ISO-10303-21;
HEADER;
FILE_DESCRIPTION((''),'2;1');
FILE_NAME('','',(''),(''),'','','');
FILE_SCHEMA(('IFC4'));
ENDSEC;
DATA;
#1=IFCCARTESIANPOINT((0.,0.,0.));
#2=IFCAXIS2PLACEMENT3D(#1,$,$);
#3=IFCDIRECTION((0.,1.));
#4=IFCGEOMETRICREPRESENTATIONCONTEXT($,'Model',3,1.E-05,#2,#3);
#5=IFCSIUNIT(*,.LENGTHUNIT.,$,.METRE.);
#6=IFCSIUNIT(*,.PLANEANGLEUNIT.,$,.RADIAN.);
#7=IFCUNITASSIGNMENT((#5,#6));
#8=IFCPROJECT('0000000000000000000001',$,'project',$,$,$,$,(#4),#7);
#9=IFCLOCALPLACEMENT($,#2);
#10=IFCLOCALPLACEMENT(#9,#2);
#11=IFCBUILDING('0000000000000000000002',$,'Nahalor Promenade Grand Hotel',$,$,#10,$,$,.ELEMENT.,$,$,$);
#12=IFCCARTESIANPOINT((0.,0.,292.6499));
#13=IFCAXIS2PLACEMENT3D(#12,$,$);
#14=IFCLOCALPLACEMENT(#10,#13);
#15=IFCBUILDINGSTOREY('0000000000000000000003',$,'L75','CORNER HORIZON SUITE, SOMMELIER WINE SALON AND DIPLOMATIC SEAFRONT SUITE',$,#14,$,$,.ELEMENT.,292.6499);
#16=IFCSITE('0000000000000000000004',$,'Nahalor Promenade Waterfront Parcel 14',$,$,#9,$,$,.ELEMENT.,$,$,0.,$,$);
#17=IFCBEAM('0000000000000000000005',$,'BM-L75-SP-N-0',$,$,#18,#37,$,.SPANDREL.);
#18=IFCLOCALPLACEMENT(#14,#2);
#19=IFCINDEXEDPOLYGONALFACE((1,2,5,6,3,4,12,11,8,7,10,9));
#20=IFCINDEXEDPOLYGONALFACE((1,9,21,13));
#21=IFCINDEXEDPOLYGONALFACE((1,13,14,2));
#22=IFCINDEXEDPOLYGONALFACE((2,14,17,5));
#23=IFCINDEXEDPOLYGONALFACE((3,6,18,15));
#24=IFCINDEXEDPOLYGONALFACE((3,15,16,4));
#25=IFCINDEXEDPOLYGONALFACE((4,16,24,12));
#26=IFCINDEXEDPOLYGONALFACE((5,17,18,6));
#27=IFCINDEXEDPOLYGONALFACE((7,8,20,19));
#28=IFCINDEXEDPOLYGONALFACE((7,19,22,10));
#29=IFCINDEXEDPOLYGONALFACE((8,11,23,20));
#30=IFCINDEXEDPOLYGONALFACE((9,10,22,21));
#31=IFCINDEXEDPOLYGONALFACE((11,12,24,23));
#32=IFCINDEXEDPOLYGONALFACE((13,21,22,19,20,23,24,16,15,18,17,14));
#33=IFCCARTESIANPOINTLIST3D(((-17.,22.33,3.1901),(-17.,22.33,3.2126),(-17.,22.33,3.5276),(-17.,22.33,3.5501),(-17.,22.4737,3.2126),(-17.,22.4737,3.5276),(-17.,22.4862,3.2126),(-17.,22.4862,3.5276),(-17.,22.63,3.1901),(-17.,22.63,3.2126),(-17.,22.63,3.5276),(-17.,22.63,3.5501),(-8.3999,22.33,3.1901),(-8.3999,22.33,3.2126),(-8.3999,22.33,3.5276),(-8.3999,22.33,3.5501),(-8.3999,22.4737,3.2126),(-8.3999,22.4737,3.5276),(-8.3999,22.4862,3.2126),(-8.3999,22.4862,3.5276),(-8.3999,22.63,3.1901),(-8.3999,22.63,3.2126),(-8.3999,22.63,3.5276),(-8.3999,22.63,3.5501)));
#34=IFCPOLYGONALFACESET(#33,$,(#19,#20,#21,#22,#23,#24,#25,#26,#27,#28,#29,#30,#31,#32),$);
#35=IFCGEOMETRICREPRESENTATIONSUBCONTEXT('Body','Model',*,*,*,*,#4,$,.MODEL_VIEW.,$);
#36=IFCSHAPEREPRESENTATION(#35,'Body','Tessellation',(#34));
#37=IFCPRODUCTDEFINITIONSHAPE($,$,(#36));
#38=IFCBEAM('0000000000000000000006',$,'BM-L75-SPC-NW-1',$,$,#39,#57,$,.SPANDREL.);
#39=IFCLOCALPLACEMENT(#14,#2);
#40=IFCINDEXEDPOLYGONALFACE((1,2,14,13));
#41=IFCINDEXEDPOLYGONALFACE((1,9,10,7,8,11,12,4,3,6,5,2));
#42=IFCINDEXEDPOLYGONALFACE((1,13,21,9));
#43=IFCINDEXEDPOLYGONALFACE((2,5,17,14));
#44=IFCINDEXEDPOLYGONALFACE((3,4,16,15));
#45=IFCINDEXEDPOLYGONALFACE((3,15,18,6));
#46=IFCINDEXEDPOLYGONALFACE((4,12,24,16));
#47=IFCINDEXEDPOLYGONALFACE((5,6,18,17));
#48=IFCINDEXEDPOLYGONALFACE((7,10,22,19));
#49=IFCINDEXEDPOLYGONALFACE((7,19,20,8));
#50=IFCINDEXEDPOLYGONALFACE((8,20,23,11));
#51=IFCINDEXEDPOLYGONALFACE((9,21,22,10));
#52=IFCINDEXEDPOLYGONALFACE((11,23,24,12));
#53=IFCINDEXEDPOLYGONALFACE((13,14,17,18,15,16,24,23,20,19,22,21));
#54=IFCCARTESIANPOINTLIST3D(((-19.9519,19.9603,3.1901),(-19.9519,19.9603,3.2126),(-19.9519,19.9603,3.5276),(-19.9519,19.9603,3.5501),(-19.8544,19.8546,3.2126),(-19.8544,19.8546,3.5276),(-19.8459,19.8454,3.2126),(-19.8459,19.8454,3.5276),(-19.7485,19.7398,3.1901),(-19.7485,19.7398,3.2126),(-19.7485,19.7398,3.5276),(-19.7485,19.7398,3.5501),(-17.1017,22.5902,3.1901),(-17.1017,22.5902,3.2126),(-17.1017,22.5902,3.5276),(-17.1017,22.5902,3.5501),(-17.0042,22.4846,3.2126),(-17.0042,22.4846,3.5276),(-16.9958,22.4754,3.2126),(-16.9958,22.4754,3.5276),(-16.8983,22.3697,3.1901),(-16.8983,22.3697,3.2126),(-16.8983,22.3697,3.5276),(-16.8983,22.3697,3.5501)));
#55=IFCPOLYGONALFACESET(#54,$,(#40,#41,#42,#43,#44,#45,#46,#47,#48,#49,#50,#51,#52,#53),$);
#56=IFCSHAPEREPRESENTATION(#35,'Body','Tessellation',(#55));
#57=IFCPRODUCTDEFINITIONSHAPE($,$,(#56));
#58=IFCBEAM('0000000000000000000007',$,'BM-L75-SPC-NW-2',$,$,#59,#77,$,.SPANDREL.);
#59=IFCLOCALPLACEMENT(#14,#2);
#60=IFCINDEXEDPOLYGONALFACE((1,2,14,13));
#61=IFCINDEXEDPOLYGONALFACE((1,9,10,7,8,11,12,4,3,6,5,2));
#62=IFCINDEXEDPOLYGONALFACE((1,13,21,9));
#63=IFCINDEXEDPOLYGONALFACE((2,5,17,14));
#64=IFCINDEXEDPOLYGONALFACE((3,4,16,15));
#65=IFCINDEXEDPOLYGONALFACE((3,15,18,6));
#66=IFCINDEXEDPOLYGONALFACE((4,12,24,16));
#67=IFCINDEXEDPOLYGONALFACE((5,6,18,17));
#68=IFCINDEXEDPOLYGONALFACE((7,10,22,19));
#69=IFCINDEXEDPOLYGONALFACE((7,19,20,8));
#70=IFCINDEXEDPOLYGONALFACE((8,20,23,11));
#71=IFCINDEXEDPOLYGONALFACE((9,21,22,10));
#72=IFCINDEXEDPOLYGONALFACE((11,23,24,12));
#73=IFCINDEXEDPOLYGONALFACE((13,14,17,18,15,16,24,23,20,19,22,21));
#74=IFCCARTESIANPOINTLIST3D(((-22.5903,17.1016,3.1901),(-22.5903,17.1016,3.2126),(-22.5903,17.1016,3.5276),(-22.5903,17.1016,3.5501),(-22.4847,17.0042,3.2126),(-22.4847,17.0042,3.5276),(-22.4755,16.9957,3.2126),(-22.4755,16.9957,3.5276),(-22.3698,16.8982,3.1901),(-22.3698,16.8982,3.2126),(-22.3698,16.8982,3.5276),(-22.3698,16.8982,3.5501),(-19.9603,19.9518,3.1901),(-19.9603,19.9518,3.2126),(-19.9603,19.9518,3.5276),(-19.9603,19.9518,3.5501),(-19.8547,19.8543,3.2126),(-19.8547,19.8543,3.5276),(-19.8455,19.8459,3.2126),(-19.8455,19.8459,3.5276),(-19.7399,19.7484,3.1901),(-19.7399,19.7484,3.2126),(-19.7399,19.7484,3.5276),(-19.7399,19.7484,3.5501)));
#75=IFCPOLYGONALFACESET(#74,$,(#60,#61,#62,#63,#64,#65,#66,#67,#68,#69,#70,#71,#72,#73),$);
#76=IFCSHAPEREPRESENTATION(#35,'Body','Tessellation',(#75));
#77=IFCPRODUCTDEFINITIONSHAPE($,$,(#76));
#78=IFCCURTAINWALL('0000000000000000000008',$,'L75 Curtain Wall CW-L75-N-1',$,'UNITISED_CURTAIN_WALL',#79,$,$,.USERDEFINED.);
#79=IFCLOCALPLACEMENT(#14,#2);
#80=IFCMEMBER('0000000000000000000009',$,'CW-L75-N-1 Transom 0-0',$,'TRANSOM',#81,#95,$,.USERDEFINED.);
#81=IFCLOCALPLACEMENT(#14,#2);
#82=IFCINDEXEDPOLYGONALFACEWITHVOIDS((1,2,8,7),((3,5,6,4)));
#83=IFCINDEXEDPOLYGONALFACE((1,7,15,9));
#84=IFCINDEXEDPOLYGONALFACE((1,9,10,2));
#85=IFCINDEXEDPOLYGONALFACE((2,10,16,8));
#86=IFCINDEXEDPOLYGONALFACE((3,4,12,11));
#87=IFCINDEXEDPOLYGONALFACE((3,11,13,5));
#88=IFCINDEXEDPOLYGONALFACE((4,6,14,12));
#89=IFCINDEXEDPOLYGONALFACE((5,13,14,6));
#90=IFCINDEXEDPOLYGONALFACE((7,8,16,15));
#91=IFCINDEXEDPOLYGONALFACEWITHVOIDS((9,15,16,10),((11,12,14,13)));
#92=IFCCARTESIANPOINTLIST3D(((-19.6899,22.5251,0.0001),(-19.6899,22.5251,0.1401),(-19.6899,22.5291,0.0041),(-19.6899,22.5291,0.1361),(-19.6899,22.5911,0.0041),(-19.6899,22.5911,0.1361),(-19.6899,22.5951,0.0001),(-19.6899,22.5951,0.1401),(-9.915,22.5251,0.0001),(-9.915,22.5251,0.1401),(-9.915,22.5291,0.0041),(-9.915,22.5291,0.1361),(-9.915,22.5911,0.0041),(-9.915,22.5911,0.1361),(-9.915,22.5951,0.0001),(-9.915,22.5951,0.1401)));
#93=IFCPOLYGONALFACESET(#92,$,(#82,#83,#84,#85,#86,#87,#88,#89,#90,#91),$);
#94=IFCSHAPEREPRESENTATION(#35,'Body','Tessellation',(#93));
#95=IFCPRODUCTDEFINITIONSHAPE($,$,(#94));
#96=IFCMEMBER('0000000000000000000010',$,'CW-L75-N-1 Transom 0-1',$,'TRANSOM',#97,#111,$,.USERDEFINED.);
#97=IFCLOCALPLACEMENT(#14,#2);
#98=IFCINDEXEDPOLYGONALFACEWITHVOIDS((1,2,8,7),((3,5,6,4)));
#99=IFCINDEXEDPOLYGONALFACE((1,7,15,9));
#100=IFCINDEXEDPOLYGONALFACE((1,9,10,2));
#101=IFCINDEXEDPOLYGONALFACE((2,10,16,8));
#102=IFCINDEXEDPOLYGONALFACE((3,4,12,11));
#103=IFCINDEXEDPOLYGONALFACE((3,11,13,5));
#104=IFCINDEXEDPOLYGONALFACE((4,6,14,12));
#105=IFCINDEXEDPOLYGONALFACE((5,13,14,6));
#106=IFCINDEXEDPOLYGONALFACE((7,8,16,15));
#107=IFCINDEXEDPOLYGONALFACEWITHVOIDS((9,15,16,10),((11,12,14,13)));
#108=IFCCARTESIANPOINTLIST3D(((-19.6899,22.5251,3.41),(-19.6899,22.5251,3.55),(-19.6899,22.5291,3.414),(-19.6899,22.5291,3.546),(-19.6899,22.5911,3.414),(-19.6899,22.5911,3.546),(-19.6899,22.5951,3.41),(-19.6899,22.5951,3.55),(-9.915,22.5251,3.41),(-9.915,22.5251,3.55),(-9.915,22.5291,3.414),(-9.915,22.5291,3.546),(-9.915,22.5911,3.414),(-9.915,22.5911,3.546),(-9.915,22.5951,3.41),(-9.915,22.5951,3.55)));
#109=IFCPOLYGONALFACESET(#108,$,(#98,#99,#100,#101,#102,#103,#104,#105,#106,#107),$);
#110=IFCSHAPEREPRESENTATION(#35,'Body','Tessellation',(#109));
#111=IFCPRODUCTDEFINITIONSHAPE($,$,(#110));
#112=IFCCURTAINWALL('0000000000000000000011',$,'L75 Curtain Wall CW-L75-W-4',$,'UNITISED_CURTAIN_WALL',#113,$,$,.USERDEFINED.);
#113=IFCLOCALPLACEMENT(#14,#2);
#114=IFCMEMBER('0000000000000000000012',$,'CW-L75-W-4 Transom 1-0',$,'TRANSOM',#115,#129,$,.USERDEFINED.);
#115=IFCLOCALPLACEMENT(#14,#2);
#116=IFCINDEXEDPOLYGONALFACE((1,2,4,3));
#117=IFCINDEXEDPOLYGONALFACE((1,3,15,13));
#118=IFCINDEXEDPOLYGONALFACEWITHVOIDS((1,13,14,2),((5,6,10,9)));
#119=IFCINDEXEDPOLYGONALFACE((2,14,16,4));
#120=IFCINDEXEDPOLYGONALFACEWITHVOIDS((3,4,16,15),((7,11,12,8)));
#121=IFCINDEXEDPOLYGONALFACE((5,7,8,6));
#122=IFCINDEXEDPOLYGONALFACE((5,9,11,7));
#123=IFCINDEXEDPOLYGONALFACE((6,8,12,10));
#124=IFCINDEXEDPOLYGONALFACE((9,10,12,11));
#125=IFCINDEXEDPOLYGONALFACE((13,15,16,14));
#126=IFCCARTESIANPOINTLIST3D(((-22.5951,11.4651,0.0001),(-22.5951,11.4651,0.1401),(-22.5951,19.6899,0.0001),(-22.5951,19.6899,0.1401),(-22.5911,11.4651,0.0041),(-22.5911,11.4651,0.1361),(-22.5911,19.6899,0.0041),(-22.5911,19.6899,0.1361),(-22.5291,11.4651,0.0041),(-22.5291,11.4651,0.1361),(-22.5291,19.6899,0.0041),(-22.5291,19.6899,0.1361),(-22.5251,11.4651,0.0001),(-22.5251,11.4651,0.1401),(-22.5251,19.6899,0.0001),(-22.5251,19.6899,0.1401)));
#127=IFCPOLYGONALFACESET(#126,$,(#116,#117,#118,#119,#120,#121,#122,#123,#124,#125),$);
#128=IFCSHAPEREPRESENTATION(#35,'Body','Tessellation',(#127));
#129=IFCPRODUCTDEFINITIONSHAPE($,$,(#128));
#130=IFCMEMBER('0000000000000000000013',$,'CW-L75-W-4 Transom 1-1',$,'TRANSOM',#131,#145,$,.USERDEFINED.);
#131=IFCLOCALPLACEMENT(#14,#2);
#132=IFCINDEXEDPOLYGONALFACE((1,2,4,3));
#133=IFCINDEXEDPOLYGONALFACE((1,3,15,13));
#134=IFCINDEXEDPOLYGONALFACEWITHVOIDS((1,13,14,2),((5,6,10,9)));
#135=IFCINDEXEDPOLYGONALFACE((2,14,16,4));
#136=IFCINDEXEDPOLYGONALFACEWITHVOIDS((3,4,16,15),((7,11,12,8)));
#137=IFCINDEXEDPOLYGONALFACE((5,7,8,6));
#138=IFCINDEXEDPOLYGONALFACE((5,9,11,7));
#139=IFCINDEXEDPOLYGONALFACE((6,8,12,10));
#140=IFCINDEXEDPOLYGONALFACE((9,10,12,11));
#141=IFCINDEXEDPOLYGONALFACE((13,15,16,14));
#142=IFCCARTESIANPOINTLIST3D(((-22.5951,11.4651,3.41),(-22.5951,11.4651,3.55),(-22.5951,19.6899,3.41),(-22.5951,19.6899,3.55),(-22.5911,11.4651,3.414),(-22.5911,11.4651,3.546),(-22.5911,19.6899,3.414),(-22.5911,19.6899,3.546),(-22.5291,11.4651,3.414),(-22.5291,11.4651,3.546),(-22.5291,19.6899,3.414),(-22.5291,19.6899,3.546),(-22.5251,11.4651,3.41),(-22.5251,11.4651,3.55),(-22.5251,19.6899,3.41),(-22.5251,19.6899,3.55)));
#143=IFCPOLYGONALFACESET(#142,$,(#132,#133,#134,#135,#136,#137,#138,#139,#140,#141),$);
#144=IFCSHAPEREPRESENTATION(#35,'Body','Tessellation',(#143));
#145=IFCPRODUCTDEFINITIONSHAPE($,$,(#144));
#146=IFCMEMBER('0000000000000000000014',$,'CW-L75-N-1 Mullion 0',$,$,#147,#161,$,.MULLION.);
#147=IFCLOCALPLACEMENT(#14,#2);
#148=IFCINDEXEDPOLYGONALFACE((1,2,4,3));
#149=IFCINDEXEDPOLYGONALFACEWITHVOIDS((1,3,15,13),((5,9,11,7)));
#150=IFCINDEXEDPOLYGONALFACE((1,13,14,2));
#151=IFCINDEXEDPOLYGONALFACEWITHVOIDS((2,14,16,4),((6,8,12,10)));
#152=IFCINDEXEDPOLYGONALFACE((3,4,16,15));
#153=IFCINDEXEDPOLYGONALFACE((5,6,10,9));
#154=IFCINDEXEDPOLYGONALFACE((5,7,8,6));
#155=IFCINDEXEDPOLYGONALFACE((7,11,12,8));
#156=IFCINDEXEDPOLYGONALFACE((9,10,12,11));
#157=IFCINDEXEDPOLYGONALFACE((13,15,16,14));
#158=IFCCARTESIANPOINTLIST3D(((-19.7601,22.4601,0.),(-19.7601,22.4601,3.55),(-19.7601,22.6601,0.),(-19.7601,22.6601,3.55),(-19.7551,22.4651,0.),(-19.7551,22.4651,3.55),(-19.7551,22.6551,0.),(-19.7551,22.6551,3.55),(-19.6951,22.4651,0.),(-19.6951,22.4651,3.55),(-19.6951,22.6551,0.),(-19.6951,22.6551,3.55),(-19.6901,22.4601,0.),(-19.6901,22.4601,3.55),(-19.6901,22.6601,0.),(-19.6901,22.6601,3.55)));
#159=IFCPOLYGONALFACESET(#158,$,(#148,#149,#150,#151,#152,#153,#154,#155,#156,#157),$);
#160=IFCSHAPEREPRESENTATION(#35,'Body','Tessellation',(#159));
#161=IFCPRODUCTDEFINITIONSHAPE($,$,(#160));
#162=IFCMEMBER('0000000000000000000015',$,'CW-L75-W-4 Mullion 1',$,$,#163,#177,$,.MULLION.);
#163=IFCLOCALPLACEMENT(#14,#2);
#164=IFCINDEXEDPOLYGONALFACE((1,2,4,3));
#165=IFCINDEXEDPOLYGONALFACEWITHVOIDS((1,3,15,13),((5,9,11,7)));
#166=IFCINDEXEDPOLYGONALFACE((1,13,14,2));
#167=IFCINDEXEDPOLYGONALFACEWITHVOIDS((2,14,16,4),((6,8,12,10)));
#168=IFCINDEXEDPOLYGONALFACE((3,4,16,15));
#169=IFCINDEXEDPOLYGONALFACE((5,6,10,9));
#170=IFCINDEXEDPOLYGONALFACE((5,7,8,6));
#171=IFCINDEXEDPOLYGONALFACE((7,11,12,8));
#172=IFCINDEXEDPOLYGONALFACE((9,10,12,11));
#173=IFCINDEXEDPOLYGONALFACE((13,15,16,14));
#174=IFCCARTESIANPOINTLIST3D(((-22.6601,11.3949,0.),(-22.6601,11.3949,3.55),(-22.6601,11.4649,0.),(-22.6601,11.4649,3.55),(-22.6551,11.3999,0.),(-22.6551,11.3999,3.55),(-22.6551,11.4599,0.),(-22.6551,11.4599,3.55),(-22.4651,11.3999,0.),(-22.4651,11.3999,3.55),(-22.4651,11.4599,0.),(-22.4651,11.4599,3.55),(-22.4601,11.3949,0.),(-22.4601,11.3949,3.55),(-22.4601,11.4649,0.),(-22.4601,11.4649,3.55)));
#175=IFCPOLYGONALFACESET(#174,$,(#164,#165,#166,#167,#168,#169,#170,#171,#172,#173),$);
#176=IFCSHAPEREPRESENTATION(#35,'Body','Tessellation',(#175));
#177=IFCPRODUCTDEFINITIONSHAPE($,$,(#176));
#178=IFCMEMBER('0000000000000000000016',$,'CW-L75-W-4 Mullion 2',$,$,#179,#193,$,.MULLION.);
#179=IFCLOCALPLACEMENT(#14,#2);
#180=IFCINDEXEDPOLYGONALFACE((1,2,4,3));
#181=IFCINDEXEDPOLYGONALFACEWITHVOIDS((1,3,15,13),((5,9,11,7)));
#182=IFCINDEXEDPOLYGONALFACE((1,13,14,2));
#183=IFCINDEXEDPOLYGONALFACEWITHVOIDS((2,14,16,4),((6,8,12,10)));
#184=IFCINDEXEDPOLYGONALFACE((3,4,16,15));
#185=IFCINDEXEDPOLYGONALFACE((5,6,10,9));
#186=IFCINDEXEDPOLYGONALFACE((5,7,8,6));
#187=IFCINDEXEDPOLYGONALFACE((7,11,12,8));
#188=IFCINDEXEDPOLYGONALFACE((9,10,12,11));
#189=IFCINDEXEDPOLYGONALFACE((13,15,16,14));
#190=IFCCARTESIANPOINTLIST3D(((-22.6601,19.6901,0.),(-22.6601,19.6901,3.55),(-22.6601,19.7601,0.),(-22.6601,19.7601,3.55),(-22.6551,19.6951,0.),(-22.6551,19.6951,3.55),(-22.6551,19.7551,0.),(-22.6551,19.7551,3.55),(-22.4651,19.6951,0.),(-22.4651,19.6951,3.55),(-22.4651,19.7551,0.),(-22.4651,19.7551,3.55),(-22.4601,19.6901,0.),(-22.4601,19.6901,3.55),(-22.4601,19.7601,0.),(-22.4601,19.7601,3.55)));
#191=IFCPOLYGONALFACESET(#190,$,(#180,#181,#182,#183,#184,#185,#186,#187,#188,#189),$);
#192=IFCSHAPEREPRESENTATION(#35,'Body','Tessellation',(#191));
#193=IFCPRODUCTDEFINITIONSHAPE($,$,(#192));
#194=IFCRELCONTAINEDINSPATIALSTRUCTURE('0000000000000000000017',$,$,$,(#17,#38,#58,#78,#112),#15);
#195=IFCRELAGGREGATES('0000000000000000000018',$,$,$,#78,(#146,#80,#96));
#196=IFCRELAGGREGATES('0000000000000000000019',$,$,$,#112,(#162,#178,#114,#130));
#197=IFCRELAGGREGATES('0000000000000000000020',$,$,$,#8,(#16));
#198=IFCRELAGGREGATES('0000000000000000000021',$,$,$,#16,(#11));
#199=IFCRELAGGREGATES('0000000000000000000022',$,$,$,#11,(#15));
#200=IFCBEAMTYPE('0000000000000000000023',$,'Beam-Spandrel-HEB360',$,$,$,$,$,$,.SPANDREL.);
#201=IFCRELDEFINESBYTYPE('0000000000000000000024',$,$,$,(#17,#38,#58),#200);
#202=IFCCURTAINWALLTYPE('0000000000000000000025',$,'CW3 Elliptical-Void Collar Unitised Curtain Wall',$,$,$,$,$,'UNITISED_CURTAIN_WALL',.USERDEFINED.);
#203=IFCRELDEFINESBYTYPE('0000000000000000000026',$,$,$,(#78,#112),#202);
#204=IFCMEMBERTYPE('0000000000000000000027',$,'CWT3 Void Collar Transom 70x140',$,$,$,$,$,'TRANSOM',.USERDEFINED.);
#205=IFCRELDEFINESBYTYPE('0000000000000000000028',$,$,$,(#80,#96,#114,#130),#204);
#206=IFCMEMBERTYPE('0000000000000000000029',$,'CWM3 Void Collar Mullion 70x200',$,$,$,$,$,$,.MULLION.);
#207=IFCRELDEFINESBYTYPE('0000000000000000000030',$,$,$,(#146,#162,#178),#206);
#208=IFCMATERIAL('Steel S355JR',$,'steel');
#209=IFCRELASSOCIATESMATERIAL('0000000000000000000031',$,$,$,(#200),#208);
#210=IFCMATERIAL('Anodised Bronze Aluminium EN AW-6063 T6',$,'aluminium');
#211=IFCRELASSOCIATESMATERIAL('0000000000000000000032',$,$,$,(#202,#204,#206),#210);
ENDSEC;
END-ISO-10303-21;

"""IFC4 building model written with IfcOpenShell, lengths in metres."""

from ifc_helpers import new_model, si_unit, direction, frame, origin, origin_2d, place, context, subcontext, project, spatial, hollow_rectangle, i_section, extrude, source, transform, mapped, material, material_profile, profile_set, type_object, element, aggregate, save


model = new_model("IFC4")

# Units and contexts
model_context = context("Model", 3, precision=1e-05, world=origin(), true_north=direction((0.0, 1.0)))
body_context = subcontext(model_context, "Body", "Model", "MODEL_VIEW")
ifc_project = project(units=[si_unit("LENGTHUNIT", "METRE"), si_unit("PLANEANGLEUNIT", "RADIAN")], contexts=[model_context])

# Site, building, storey
site_placement = place(None, origin())
site = spatial("IfcSite", under=ifc_project, at=site_placement, Name="Nahalor Promenade Waterfront Parcel 14", CompositionType="ELEMENT", RefElevation=0.0)
building_placement = place(site_placement, origin())
building = spatial("IfcBuilding", under=site, at=building_placement, Name="Nahalor Promenade Grand Hotel", CompositionType="ELEMENT")
storey_placement = place(building_placement, frame((0.0, 0.0, 292.6499)))
storey = spatial("IfcBuildingStorey", under=building, at=storey_placement, Name="L75", Description="CORNER HORIZON SUITE, SOMMELIER WINE SALON AND DIPLOMATIC SEAFRONT SUITE", CompositionType="ELEMENT", Elevation=292.6499)

# Shared definitions
ifc_material_1 = material(Name="Steel S355JR", Category="steel")

# Beams
ifc_material_profile_1 = material_profile(ifc_material_1, i_section(OverallWidth=0.3, OverallDepth=0.36, WebThickness=0.0125, FlangeThickness=0.0225, at=origin_2d()), Name="HEB 360")
ifc_profile_set_1 = profile_set([ifc_material_profile_1], Name="Steel S355JR")
beam_type_1 = type_object("IfcBeamType", Name="Beam-Spandrel-HEB360", PredefinedType="SPANDREL", material=ifc_profile_set_1)
shared_shape_1 = source(origin(), body_context, "Body", "SweptSolid", [
    extrude(i_section(OverallWidth=0.3, OverallDepth=0.36, WebThickness=0.0125, FlangeThickness=0.0225, at=origin_2d()), origin(), (0.0, 0.0, 1.0), 8.6001),
])
beam_1_placement = place(storey_placement, frame((-17.0, 22.48, 3.3701), z_axis=(1.0, 0.0, 0.0), x_axis=(0.0, 1.0, 0.0)))
element("IfcBeam", 1, at=beam_1_placement, inside=storey, type_object=beam_type_1, Name="BM-L75-SP-N-0", PredefinedType="SPANDREL", context=body_context, shape_type="MappedRepresentation", body=[
    mapped(shared_shape_1, transform((0.0, 0.0, 0.0), scale=1.0)),
])
shared_shape_2 = source(origin(), body_context, "Body", "SweptSolid", [
    extrude(i_section(OverallWidth=0.3, OverallDepth=0.36, WebThickness=0.0125, FlangeThickness=0.0225, at=origin_2d()), origin(), (0.0, 0.0, 1.0), 3.8782),
])
for number, where, z_axis, x_axis, name in (
    (2, (-17.0, 22.48, 3.3701), (-0.734929, -0.678144, 0.0), (0.678144, -0.734929, 0.0), "BM-L75-SPC-NW-1"),
    (3, (-19.8501, 19.8501, 3.3701), (-0.678144, -0.734929, 0.0), (0.734929, -0.678144, 0.0), "BM-L75-SPC-NW-2"),
):
    element("IfcBeam", number, at=place(storey_placement, frame(where, z_axis=z_axis, x_axis=x_axis)), inside=storey, type_object=beam_type_1, Name=name, PredefinedType="SPANDREL", context=body_context, shape_type="MappedRepresentation", body=[
        mapped(shared_shape_2, transform((0.0, 0.0, 0.0), scale=1.0)),
    ])

# Curtain walls, members
ifc_material_2 = material(Name="Anodised Bronze Aluminium EN AW-6063 T6", Category="aluminium")
curtain_wall_type = type_object("IfcCurtainWallType", Name="CW3 Elliptical-Void Collar Unitised Curtain Wall", ElementType="UNITISED_CURTAIN_WALL", PredefinedType="USERDEFINED", material=ifc_material_2)
curtain_wall_1_placement = place(storey_placement, origin())
curtain_wall_1 = element("IfcCurtainWall", 4, at=curtain_wall_1_placement, inside=storey, type_object=curtain_wall_type, Name="L75 Curtain Wall CW-L75-N-1", ObjectType="UNITISED_CURTAIN_WALL", PredefinedType="USERDEFINED")
ifc_material_profile_2 = material_profile(ifc_material_2, hollow_rectangle(XDim=0.07, YDim=0.14, WallThickness=0.004, at=origin_2d()), Name="CWT 70x140x4")
ifc_profile_set_2 = profile_set([ifc_material_profile_2], Name="Anodised Bronze Aluminium EN AW-6063 T6")
member_type_1 = type_object("IfcMemberType", Name="CWT3 Void Collar Transom 70x140", ElementType="TRANSOM", PredefinedType="USERDEFINED", material=ifc_profile_set_2)
shared_shape_3 = source(origin(), body_context, "Body", "SweptSolid", [
    extrude(hollow_rectangle(XDim=0.07, YDim=0.14, WallThickness=0.004, at=origin_2d()), origin(), (0.0, 0.0, 1.0), 9.7749),
])
member_1_placement = place(storey_placement, frame((-19.6899, 22.5601, 0.0701), z_axis=(1.0, 0.0, 0.0), x_axis=(0.0, 1.0, 0.0)))
member_1 = element("IfcMember", 5, at=member_1_placement, type_object=member_type_1, Name="CW-L75-N-1 Transom 0-0", ObjectType="TRANSOM", PredefinedType="USERDEFINED", context=body_context, shape_type="MappedRepresentation", body=[
    mapped(shared_shape_3, transform((0.0, 0.0, 0.0), scale=1.0)),
])
member_2_placement = place(storey_placement, frame((-19.6899, 22.5601, 3.48), z_axis=(1.0, 0.0, 0.0), x_axis=(0.0, 1.0, 0.0)))
member_2 = element("IfcMember", 6, at=member_2_placement, type_object=member_type_1, Name="CW-L75-N-1 Transom 0-1", ObjectType="TRANSOM", PredefinedType="USERDEFINED", context=body_context, shape_type="MappedRepresentation", body=[
    mapped(shared_shape_3, transform((0.0, 0.0, 0.0), scale=1.0)),
])
curtain_wall_2_placement = place(storey_placement, origin())
curtain_wall_2 = element("IfcCurtainWall", 7, at=curtain_wall_2_placement, inside=storey, type_object=curtain_wall_type, Name="L75 Curtain Wall CW-L75-W-4", ObjectType="UNITISED_CURTAIN_WALL", PredefinedType="USERDEFINED")
shared_shape_4 = source(origin(), body_context, "Body", "SweptSolid", [
    extrude(hollow_rectangle(XDim=0.07, YDim=0.14, WallThickness=0.004, at=origin_2d()), origin(), (0.0, 0.0, 1.0), 8.2249),
])
member_3_placement = place(storey_placement, frame((-22.5601, 11.4651, 0.0701), z_axis=(0.0, 1.0, 0.0), x_axis=(-1.0, 0.0, 0.0)))
member_3 = element("IfcMember", 8, at=member_3_placement, type_object=member_type_1, Name="CW-L75-W-4 Transom 1-0", ObjectType="TRANSOM", PredefinedType="USERDEFINED", context=body_context, shape_type="MappedRepresentation", body=[
    mapped(shared_shape_4, transform((0.0, 0.0, 0.0), scale=1.0)),
])
member_4_placement = place(storey_placement, frame((-22.5601, 11.4651, 3.48), z_axis=(0.0, 1.0, 0.0), x_axis=(-1.0, 0.0, 0.0)))
member_4 = element("IfcMember", 9, at=member_4_placement, type_object=member_type_1, Name="CW-L75-W-4 Transom 1-1", ObjectType="TRANSOM", PredefinedType="USERDEFINED", context=body_context, shape_type="MappedRepresentation", body=[
    mapped(shared_shape_4, transform((0.0, 0.0, 0.0), scale=1.0)),
])

# Members
ifc_material_profile_3 = material_profile(ifc_material_2, hollow_rectangle(XDim=0.07, YDim=0.2, WallThickness=0.005, at=origin_2d()), Name="CWM 70x200x5")
ifc_profile_set_3 = profile_set([ifc_material_profile_3], Name="Anodised Bronze Aluminium EN AW-6063 T6")
member_type_2 = type_object("IfcMemberType", Name="CWM3 Void Collar Mullion 70x200", PredefinedType="MULLION", material=ifc_profile_set_3)
shared_shape_5 = source(origin(), body_context, "Body", "SweptSolid", [
    extrude(hollow_rectangle(XDim=0.07, YDim=0.2, WallThickness=0.005, at=origin_2d()), origin(), (0.0, 0.0, 1.0), 3.55),
])
member_5_placement = place(storey_placement, frame((-19.7251, 22.5601, 0.0), z_axis=(0.0, 0.0, 1.0), x_axis=(1.0, 0.0, 0.0)))
member_5 = element("IfcMember", 10, at=member_5_placement, type_object=member_type_2, Name="CW-L75-N-1 Mullion 0", PredefinedType="MULLION", context=body_context, shape_type="MappedRepresentation", body=[
    mapped(shared_shape_5, transform((0.0, 0.0, 0.0), scale=1.0)),
])
member_6_placement = place(storey_placement, frame((-22.5601, 11.4299, 0.0), z_axis=(0.0, 0.0, 1.0), x_axis=(0.0, 1.0, 0.0)))
member_6 = element("IfcMember", 11, at=member_6_placement, type_object=member_type_2, Name="CW-L75-W-4 Mullion 1", PredefinedType="MULLION", context=body_context, shape_type="MappedRepresentation", body=[
    mapped(shared_shape_5, transform((0.0, 0.0, 0.0), scale=1.0)),
])
member_7_placement = place(storey_placement, frame((-22.5601, 19.7251, 0.0), z_axis=(0.0, 0.0, 1.0), x_axis=(0.0, 1.0, 0.0)))
member_7 = element("IfcMember", 12, at=member_7_placement, type_object=member_type_2, Name="CW-L75-W-4 Mullion 2", PredefinedType="MULLION", context=body_context, shape_type="MappedRepresentation", body=[
    mapped(shared_shape_5, transform((0.0, 0.0, 0.0), scale=1.0)),
])

aggregate(curtain_wall_1, [member_5, member_1, member_2])
aggregate(curtain_wall_2, [member_6, member_7, member_3, member_4])

save(model, "model.ifc")
